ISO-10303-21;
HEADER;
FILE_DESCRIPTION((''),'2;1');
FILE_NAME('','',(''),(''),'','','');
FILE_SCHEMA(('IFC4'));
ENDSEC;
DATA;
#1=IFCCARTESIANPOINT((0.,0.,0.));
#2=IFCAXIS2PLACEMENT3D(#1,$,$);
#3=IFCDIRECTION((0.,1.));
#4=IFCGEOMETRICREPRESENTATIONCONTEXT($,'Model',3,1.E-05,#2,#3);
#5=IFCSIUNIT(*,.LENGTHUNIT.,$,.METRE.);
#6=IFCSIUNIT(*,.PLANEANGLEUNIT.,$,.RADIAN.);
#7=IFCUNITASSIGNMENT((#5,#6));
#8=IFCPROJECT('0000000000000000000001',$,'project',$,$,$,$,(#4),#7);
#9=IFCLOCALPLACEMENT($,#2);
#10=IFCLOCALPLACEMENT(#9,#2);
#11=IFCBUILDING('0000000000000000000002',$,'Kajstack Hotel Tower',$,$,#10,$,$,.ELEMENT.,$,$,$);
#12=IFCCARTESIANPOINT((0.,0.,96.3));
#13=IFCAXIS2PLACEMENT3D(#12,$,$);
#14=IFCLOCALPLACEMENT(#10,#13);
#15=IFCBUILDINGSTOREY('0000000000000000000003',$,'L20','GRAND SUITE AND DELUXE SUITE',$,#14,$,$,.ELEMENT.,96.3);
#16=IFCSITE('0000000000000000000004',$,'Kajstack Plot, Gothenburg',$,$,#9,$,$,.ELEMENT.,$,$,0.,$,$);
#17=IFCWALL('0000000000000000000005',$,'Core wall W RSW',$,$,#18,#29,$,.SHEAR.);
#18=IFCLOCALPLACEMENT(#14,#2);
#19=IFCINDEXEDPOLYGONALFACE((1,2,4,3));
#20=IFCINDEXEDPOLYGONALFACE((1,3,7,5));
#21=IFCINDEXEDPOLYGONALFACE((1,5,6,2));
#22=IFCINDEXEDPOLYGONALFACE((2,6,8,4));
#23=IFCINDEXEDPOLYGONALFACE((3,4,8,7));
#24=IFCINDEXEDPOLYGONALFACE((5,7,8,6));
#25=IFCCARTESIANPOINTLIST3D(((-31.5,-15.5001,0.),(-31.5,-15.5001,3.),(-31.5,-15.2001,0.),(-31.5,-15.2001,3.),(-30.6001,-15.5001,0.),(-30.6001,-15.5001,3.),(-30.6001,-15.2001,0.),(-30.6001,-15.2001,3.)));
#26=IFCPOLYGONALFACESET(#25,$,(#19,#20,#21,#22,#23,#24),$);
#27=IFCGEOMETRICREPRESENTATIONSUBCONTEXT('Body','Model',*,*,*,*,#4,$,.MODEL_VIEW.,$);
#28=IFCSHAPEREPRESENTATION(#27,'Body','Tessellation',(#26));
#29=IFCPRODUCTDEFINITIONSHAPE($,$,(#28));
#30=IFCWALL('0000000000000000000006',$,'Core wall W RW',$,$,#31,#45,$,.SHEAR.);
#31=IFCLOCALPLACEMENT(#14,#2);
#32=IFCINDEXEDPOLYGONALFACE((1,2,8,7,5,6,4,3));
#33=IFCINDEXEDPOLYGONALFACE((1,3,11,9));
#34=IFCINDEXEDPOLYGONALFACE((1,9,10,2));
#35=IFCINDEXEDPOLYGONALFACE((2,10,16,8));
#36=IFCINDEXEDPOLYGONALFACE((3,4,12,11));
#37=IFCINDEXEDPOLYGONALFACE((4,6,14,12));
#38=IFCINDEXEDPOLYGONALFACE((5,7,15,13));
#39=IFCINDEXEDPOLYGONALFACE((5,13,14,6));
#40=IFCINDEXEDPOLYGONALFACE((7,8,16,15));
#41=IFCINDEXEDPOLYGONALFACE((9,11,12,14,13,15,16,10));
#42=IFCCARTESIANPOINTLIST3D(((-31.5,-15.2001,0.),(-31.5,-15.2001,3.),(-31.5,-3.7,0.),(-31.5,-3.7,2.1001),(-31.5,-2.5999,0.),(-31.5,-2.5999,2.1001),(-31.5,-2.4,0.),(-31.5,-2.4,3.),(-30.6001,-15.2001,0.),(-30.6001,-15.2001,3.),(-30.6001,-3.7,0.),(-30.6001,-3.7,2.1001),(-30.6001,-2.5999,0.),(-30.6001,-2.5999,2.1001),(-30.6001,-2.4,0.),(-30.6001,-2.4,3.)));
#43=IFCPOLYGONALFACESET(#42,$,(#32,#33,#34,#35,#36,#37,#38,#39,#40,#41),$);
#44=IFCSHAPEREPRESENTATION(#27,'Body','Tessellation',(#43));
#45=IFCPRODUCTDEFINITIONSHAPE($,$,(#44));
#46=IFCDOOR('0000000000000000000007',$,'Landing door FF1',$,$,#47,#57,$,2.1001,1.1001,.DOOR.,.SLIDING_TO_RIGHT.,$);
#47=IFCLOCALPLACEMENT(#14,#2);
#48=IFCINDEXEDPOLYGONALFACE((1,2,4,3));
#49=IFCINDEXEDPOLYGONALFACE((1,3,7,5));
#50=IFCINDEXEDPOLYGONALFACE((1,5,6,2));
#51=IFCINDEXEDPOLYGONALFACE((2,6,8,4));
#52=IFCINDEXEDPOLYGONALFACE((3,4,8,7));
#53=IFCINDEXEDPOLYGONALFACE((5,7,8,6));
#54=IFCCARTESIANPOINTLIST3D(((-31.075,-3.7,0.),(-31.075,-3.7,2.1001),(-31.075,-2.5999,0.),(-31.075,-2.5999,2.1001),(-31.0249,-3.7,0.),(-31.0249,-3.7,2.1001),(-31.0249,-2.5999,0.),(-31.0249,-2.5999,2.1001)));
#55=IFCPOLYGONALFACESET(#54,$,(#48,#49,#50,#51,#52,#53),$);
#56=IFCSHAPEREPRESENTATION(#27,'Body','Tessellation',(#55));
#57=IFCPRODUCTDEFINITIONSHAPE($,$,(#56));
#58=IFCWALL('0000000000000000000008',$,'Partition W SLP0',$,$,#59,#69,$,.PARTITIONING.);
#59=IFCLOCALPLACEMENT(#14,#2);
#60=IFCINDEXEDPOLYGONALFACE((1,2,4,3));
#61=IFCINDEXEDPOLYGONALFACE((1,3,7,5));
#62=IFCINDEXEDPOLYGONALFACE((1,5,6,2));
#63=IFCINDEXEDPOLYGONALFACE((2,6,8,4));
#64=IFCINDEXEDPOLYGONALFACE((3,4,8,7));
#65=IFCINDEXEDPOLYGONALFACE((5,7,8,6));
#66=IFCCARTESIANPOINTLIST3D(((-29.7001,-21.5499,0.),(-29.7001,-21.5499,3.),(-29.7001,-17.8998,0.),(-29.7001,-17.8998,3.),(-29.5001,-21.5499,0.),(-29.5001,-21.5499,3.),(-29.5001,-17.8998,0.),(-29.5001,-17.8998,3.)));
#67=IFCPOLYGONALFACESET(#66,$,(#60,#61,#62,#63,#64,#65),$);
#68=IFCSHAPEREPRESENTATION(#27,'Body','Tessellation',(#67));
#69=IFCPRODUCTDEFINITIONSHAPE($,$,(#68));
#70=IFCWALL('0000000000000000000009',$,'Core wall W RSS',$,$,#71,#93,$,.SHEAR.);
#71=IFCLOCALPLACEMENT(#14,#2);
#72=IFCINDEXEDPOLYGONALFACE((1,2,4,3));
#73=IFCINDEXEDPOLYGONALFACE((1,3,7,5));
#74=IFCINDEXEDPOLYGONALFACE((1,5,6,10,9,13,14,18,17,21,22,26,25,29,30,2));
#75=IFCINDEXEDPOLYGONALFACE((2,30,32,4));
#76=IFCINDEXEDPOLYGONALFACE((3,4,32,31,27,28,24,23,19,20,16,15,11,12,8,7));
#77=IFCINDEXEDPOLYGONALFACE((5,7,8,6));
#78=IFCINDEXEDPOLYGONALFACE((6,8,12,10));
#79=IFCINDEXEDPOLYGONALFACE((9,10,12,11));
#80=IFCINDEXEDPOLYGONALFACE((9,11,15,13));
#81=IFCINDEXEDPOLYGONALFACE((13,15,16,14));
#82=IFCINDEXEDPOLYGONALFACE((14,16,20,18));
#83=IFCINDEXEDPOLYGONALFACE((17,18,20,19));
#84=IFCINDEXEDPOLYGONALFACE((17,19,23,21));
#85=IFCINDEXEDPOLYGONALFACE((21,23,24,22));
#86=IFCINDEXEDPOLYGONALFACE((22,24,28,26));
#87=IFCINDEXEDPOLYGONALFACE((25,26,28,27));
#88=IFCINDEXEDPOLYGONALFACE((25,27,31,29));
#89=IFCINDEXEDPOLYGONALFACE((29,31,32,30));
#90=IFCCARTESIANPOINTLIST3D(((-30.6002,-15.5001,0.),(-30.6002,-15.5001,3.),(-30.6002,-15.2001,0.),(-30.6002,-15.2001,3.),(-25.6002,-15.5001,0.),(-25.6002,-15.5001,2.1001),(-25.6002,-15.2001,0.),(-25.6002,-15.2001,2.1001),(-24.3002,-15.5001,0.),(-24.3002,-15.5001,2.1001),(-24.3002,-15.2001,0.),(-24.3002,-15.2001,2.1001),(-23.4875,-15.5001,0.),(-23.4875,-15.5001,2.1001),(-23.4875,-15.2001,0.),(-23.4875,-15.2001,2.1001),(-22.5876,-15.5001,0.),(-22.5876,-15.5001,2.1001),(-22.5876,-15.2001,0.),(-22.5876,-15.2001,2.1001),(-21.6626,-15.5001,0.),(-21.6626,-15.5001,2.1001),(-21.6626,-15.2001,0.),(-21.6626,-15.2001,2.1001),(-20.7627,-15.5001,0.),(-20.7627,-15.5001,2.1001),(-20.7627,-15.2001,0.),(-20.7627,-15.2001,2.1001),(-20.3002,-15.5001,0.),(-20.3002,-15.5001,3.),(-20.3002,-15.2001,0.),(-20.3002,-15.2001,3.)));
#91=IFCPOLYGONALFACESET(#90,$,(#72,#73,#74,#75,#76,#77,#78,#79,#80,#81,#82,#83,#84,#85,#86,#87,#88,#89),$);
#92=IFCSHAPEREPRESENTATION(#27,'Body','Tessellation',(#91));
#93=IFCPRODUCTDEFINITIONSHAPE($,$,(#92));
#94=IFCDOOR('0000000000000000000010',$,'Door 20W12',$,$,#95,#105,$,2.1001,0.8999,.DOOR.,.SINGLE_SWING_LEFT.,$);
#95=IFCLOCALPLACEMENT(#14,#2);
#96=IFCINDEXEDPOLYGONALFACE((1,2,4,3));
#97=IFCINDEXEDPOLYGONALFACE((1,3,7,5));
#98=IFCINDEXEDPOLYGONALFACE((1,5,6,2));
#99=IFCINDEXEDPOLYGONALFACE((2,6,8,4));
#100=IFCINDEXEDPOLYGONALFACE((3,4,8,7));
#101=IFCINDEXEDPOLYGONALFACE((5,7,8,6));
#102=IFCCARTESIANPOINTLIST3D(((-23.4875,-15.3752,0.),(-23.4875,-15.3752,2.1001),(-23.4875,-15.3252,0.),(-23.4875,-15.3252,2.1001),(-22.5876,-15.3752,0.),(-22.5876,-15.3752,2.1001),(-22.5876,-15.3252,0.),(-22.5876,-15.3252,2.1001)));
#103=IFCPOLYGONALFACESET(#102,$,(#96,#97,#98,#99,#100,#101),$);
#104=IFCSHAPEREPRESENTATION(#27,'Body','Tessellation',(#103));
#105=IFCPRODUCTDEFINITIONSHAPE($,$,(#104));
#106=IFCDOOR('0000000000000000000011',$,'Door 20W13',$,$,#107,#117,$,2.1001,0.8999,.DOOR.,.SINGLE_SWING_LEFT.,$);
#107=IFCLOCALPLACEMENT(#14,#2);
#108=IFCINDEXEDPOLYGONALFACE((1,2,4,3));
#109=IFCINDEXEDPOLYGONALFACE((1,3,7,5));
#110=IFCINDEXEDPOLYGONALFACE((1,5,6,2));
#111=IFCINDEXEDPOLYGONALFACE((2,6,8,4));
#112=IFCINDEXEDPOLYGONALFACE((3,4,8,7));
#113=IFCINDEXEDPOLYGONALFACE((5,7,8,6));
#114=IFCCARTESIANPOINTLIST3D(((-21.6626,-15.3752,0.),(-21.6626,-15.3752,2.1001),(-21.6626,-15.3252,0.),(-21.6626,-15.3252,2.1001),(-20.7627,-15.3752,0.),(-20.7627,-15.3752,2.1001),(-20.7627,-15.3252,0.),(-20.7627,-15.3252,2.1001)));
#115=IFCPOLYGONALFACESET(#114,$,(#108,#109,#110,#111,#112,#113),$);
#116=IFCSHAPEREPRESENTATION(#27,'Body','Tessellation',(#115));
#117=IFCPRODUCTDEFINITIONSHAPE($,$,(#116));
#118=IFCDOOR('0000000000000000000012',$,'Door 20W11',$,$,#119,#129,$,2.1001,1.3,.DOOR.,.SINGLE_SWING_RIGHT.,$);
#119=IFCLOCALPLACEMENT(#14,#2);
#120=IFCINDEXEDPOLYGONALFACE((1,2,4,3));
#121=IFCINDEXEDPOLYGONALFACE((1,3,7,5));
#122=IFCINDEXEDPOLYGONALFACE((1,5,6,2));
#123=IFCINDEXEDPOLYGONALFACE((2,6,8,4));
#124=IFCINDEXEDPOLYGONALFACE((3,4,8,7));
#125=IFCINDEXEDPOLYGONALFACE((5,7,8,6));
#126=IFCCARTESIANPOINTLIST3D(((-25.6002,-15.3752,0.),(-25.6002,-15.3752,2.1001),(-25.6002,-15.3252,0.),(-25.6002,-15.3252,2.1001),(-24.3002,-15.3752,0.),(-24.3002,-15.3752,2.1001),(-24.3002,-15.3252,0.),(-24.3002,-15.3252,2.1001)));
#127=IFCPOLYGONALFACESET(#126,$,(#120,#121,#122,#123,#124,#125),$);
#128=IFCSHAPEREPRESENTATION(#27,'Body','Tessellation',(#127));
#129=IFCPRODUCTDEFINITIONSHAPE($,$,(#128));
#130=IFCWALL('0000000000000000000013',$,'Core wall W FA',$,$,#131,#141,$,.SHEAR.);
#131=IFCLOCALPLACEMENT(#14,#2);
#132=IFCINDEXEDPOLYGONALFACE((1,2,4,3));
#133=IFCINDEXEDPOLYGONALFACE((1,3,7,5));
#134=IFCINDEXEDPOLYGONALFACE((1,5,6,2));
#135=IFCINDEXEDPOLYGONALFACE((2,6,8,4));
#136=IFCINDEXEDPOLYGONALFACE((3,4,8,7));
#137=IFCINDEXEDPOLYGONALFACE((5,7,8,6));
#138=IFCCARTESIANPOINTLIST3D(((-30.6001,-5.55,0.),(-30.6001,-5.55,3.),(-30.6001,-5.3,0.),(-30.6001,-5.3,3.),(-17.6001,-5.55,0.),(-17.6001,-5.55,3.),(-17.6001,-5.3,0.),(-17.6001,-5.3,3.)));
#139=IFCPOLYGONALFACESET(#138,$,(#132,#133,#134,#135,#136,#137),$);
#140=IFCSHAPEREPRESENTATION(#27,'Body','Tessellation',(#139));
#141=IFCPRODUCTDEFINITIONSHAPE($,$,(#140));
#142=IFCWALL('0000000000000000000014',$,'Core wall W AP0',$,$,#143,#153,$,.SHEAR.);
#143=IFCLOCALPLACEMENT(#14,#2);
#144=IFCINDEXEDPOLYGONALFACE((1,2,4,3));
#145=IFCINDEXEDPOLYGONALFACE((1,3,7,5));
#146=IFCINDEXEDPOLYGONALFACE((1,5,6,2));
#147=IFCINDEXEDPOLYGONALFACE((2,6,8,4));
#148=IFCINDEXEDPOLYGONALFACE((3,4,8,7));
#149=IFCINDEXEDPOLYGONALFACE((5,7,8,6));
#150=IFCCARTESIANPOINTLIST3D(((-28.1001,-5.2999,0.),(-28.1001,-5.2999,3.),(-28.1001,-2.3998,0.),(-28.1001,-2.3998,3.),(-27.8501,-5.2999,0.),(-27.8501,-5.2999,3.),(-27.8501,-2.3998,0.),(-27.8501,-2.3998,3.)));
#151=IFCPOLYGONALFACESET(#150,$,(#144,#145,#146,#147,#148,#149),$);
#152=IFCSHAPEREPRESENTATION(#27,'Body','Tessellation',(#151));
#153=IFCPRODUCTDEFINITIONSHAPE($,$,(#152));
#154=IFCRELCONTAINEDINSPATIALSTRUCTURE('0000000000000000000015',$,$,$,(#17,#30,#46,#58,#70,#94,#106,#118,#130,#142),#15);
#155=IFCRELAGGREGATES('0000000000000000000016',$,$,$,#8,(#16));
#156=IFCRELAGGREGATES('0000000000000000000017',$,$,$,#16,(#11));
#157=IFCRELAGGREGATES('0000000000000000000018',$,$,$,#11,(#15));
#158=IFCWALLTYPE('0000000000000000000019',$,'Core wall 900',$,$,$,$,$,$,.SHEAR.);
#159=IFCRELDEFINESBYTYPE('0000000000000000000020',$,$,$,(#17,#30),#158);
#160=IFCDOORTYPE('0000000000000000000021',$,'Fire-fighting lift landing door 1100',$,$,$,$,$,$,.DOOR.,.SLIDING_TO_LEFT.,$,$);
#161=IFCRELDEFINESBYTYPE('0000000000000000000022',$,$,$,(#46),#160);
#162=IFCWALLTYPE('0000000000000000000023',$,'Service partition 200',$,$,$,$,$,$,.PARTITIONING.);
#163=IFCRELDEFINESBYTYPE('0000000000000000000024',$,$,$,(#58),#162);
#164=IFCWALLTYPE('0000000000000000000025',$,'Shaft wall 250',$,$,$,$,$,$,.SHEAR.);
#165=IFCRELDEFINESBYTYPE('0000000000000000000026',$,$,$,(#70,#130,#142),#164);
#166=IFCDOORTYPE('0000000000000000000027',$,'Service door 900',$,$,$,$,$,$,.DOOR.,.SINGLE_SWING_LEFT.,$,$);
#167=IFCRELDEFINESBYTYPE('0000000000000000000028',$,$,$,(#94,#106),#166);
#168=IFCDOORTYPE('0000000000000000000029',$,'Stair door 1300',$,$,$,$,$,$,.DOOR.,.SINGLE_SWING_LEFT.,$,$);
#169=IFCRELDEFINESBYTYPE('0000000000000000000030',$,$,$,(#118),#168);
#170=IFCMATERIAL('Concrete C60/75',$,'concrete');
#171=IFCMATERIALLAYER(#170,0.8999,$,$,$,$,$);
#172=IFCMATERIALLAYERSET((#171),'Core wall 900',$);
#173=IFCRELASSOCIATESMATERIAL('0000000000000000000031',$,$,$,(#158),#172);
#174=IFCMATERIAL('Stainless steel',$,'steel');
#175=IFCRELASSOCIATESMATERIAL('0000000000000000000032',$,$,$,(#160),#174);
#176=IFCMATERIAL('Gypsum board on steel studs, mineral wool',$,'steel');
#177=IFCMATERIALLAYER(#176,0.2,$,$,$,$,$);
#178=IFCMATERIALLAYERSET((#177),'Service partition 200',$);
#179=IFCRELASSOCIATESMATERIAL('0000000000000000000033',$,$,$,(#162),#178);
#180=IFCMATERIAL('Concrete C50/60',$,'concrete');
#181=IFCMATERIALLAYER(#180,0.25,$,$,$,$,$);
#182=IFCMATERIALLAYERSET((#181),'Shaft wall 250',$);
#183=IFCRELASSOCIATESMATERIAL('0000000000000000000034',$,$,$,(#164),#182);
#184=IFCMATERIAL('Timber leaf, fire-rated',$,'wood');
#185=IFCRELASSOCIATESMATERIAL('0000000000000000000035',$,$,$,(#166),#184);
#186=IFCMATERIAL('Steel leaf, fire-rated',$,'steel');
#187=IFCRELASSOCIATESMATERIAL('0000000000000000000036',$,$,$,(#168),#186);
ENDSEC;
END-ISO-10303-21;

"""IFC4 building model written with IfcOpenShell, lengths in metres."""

from ifc_helpers import new_model, si_unit, direction, frame, frame_2d, origin, place, context, subcontext, project, spatial, rectangle, extrude, material, layer, layer_set, type_object, element, fill, save


model = new_model("IFC4")

# Units and contexts
model_context = context("Model", 3, precision=1e-05, world=origin(), true_north=direction((0.0, 1.0)))
body_context = subcontext(model_context, "Body", "Model", "MODEL_VIEW")
ifc_project = project(units=[si_unit("LENGTHUNIT", "METRE"), si_unit("PLANEANGLEUNIT", "RADIAN")], contexts=[model_context])

# Site, building, storey
site_placement = place(None, origin())
site = spatial("IfcSite", under=ifc_project, at=site_placement, Name="Kajstack Plot, Gothenburg", CompositionType="ELEMENT", RefElevation=0.0)
building_placement = place(site_placement, origin())
building = spatial("IfcBuilding", under=site, at=building_placement, Name="Kajstack Hotel Tower", CompositionType="ELEMENT")
storey_placement = place(building_placement, frame((0.0, 0.0, 96.3)))
storey = spatial("IfcBuildingStorey", under=building, at=storey_placement, Name="L20", Description="GRAND SUITE AND DELUXE SUITE", CompositionType="ELEMENT", Elevation=96.3)

# Wall
ifc_material_1 = material(Name="Concrete C60/75", Category="concrete")
ifc_layer_1 = layer(ifc_material_1, 0.8999)
ifc_layer_set_1 = layer_set([ifc_layer_1], Name="Core wall 900")
wall_type_1 = type_object("IfcWallType", Name="Core wall 900", PredefinedType="SHEAR", material=ifc_layer_set_1)
wall_1_placement = place(storey_placement, frame((-31.5, -15.3501, 0.0), z_axis=(0.0, 0.0, 1.0), x_axis=(1.0, 0.0, 0.0)))
element("IfcWall", 1, at=wall_1_placement, inside=storey, type_object=wall_type_1, Name="Core wall W RSW", PredefinedType="SHEAR", context=body_context, shape_type="SweptSolid", body=[
    extrude(rectangle(XDim=0.8999, YDim=0.3, at=frame_2d((0.45, 0.0))), origin(), (0.0, 0.0, 1.0), 3.0),
])

# Wall, opening, door
wall_2_placement = place(storey_placement, frame((-31.05, -15.2, 0.0), z_axis=(0.0, 0.0, 1.0), x_axis=(0.0, 1.0, 0.0)))
wall_2 = element("IfcWall", 2, at=wall_2_placement, inside=storey, type_object=wall_type_1, Name="Core wall W RW", PredefinedType="SHEAR", context=body_context, shape_type="SweptSolid", body=[
    extrude(rectangle(XDim=12.8, YDim=0.8999, at=frame_2d((6.3999, 0.0))), origin(), (0.0, 0.0, 1.0), 3.0),
])
opening_1_placement = place(wall_2_placement, frame((11.5, 0.0, 0.0)))
opening_1 = element("IfcOpeningElement", 3, at=opening_1_placement, cuts=wall_2, PredefinedType="OPENING", context=body_context, shape_type="SweptSolid", body=[
    extrude(rectangle(XDim=1.1001, YDim=2.1001, at=frame_2d((0.55, 1.05))), frame((0.0, 0.46, 0.0), z_axis=(0.0, -1.0, 0.0), x_axis=(1.0, 0.0, 0.0)), (0.0, 0.0, 1.0), 0.9199),
])
ifc_material_2 = material(Name="Stainless steel", Category="steel")
door_type_1 = type_object("IfcDoorType", Name="Fire-fighting lift landing door 1100", OperationType="SLIDING_TO_LEFT", PredefinedType="DOOR", material=ifc_material_2)
door_1_placement = place(opening_1_placement, origin())
door_1 = element("IfcDoor", 4, at=door_1_placement, inside=storey, type_object=door_type_1, Name="Landing door FF1", OperationType="SLIDING_TO_RIGHT", OverallHeight=2.1001, OverallWidth=1.1001, PredefinedType="DOOR", context=body_context, shape_type="SweptSolid", body=[
    extrude(rectangle(XDim=1.1001, YDim=2.1001, at=frame_2d((0.55, 1.05))), frame((0.0, 0.0249, 0.0), z_axis=(0.0, -1.0, 0.0), x_axis=(1.0, 0.0, 0.0)), (0.0, 0.0, 1.0), 0.05),
])
fill(opening_1, door_1)

# Wall
ifc_material_3 = material(Name="Gypsum board on steel studs, mineral wool", Category="steel")
ifc_layer_2 = layer(ifc_material_3, 0.2)
ifc_layer_set_2 = layer_set([ifc_layer_2], Name="Service partition 200")
wall_type_2 = type_object("IfcWallType", Name="Service partition 200", PredefinedType="PARTITIONING", material=ifc_layer_set_2)
wall_3_placement = place(storey_placement, frame((-29.6001, -21.55, 0.0), z_axis=(0.0, 0.0, 1.0), x_axis=(0.0, 1.0, 0.0)))
element("IfcWall", 5, at=wall_3_placement, inside=storey, type_object=wall_type_2, Name="Partition W SLP0", PredefinedType="PARTITIONING", context=body_context, shape_type="SweptSolid", body=[
    extrude(rectangle(XDim=3.6501, YDim=0.2, at=frame_2d((1.8252, 0.0))), origin(), (0.0, 0.0, 1.0), 3.0),
])

# Wall, openings, doors
ifc_material_4 = material(Name="Concrete C50/60", Category="concrete")
ifc_layer_3 = layer(ifc_material_4, 0.25)
ifc_layer_set_3 = layer_set([ifc_layer_3], Name="Shaft wall 250")
wall_type_3 = type_object("IfcWallType", Name="Shaft wall 250", PredefinedType="SHEAR", material=ifc_layer_set_3)
wall_4_placement = place(storey_placement, frame((-30.6001, -15.3501, 0.0), z_axis=(0.0, 0.0, 1.0), x_axis=(1.0, 0.0, 0.0)))
wall_4 = element("IfcWall", 6, at=wall_4_placement, inside=storey, type_object=wall_type_3, Name="Core wall W RSS", PredefinedType="SHEAR", context=body_context, shape_type="SweptSolid", body=[
    extrude(rectangle(XDim=10.3, YDim=0.3, at=frame_2d((5.1499, 0.0))), origin(), (0.0, 0.0, 1.0), 3.0),
])
opening_2_placement = place(wall_4_placement, frame((5.0, 0.0, 0.0)))
opening_2 = element("IfcOpeningElement", 7, at=opening_2_placement, cuts=wall_4, PredefinedType="OPENING", context=body_context, shape_type="SweptSolid", body=[
    extrude(rectangle(XDim=1.3, YDim=2.1001, at=frame_2d((0.6499, 1.05))), frame((0.0, 0.1599, 0.0), z_axis=(0.0, -1.0, 0.0), x_axis=(1.0, 0.0, 0.0)), (0.0, 0.0, 1.0), 0.3201),
])
opening_3_placement = place(wall_4_placement, frame((7.1125, 0.0, 0.0)))
opening_3 = element("IfcOpeningElement", 8, at=opening_3_placement, cuts=wall_4, PredefinedType="OPENING", context=body_context, shape_type="SweptSolid", body=[
    extrude(rectangle(XDim=0.8999, YDim=2.1001, at=frame_2d((0.45, 1.05))), frame((0.0, 0.1599, 0.0), z_axis=(0.0, -1.0, 0.0), x_axis=(1.0, 0.0, 0.0)), (0.0, 0.0, 1.0), 0.3201),
])
opening_4_placement = place(wall_4_placement, frame((8.9375, 0.0, 0.0)))
opening_4 = element("IfcOpeningElement", 9, at=opening_4_placement, cuts=wall_4, PredefinedType="OPENING", context=body_context, shape_type="SweptSolid", body=[
    extrude(rectangle(XDim=0.8999, YDim=2.1001, at=frame_2d((0.45, 1.05))), frame((0.0, 0.1599, 0.0), z_axis=(0.0, -1.0, 0.0), x_axis=(1.0, 0.0, 0.0)), (0.0, 0.0, 1.0), 0.3201),
])
ifc_material_5 = material(Name="Timber leaf, fire-rated", Category="wood")
door_type_2 = type_object("IfcDoorType", Name="Service door 900", OperationType="SINGLE_SWING_LEFT", PredefinedType="DOOR", material=ifc_material_5)
door_2_placement = place(opening_3_placement, origin())
door_2 = element("IfcDoor", 10, at=door_2_placement, inside=storey, type_object=door_type_2, Name="Door 20W12", OperationType="SINGLE_SWING_LEFT", OverallHeight=2.1001, OverallWidth=0.8999, PredefinedType="DOOR", context=body_context, shape_type="SweptSolid", body=[
    extrude(rectangle(XDim=0.8999, YDim=2.1001, at=frame_2d((0.45, 1.05))), frame((0.0, 0.0249, 0.0), z_axis=(0.0, -1.0, 0.0), x_axis=(1.0, 0.0, 0.0)), (0.0, 0.0, 1.0), 0.05),
])
fill(opening_3, door_2)
door_3_placement = place(opening_4_placement, origin())
door_3 = element("IfcDoor", 11, at=door_3_placement, inside=storey, type_object=door_type_2, Name="Door 20W13", OperationType="SINGLE_SWING_LEFT", OverallHeight=2.1001, OverallWidth=0.8999, PredefinedType="DOOR", context=body_context, shape_type="SweptSolid", body=[
    extrude(rectangle(XDim=0.8999, YDim=2.1001, at=frame_2d((0.45, 1.05))), frame((0.0, 0.0249, 0.0), z_axis=(0.0, -1.0, 0.0), x_axis=(1.0, 0.0, 0.0)), (0.0, 0.0, 1.0), 0.05),
])
fill(opening_4, door_3)
ifc_material_6 = material(Name="Steel leaf, fire-rated", Category="steel")
door_type_3 = type_object("IfcDoorType", Name="Stair door 1300", OperationType="SINGLE_SWING_LEFT", PredefinedType="DOOR", material=ifc_material_6)
door_4_placement = place(opening_2_placement, origin())
door_4 = element("IfcDoor", 12, at=door_4_placement, inside=storey, type_object=door_type_3, Name="Door 20W11", OperationType="SINGLE_SWING_RIGHT", OverallHeight=2.1001, OverallWidth=1.3, PredefinedType="DOOR", context=body_context, shape_type="SweptSolid", body=[
    extrude(rectangle(XDim=1.3, YDim=2.1001, at=frame_2d((0.6499, 1.05))), frame((0.0, 0.0249, 0.0), z_axis=(0.0, -1.0, 0.0), x_axis=(1.0, 0.0, 0.0)), (0.0, 0.0, 1.0), 0.05),
])
fill(opening_2, door_4)

# Walls
wall_5_placement = place(storey_placement, frame((-30.6001, -5.425, 0.0), z_axis=(0.0, 0.0, 1.0), x_axis=(1.0, 0.0, 0.0)))
element("IfcWall", 13, at=wall_5_placement, inside=storey, type_object=wall_type_3, Name="Core wall W FA", PredefinedType="SHEAR", context=body_context, shape_type="SweptSolid", body=[
    extrude(rectangle(XDim=13.0, YDim=0.25, at=frame_2d((6.5, 0.0))), origin(), (0.0, 0.0, 1.0), 3.0),
])
wall_6_placement = place(storey_placement, frame((-27.9751, -5.3, 0.0), z_axis=(0.0, 0.0, 1.0), x_axis=(0.0, 1.0, 0.0)))
element("IfcWall", 14, at=wall_6_placement, inside=storey, type_object=wall_type_3, Name="Core wall W AP0", PredefinedType="SHEAR", context=body_context, shape_type="SweptSolid", body=[
    extrude(rectangle(XDim=2.9001, YDim=0.25, at=frame_2d((1.4502, 0.0))), origin(), (0.0, 0.0, 1.0), 3.0),
])

save(model, "model.ifc")
